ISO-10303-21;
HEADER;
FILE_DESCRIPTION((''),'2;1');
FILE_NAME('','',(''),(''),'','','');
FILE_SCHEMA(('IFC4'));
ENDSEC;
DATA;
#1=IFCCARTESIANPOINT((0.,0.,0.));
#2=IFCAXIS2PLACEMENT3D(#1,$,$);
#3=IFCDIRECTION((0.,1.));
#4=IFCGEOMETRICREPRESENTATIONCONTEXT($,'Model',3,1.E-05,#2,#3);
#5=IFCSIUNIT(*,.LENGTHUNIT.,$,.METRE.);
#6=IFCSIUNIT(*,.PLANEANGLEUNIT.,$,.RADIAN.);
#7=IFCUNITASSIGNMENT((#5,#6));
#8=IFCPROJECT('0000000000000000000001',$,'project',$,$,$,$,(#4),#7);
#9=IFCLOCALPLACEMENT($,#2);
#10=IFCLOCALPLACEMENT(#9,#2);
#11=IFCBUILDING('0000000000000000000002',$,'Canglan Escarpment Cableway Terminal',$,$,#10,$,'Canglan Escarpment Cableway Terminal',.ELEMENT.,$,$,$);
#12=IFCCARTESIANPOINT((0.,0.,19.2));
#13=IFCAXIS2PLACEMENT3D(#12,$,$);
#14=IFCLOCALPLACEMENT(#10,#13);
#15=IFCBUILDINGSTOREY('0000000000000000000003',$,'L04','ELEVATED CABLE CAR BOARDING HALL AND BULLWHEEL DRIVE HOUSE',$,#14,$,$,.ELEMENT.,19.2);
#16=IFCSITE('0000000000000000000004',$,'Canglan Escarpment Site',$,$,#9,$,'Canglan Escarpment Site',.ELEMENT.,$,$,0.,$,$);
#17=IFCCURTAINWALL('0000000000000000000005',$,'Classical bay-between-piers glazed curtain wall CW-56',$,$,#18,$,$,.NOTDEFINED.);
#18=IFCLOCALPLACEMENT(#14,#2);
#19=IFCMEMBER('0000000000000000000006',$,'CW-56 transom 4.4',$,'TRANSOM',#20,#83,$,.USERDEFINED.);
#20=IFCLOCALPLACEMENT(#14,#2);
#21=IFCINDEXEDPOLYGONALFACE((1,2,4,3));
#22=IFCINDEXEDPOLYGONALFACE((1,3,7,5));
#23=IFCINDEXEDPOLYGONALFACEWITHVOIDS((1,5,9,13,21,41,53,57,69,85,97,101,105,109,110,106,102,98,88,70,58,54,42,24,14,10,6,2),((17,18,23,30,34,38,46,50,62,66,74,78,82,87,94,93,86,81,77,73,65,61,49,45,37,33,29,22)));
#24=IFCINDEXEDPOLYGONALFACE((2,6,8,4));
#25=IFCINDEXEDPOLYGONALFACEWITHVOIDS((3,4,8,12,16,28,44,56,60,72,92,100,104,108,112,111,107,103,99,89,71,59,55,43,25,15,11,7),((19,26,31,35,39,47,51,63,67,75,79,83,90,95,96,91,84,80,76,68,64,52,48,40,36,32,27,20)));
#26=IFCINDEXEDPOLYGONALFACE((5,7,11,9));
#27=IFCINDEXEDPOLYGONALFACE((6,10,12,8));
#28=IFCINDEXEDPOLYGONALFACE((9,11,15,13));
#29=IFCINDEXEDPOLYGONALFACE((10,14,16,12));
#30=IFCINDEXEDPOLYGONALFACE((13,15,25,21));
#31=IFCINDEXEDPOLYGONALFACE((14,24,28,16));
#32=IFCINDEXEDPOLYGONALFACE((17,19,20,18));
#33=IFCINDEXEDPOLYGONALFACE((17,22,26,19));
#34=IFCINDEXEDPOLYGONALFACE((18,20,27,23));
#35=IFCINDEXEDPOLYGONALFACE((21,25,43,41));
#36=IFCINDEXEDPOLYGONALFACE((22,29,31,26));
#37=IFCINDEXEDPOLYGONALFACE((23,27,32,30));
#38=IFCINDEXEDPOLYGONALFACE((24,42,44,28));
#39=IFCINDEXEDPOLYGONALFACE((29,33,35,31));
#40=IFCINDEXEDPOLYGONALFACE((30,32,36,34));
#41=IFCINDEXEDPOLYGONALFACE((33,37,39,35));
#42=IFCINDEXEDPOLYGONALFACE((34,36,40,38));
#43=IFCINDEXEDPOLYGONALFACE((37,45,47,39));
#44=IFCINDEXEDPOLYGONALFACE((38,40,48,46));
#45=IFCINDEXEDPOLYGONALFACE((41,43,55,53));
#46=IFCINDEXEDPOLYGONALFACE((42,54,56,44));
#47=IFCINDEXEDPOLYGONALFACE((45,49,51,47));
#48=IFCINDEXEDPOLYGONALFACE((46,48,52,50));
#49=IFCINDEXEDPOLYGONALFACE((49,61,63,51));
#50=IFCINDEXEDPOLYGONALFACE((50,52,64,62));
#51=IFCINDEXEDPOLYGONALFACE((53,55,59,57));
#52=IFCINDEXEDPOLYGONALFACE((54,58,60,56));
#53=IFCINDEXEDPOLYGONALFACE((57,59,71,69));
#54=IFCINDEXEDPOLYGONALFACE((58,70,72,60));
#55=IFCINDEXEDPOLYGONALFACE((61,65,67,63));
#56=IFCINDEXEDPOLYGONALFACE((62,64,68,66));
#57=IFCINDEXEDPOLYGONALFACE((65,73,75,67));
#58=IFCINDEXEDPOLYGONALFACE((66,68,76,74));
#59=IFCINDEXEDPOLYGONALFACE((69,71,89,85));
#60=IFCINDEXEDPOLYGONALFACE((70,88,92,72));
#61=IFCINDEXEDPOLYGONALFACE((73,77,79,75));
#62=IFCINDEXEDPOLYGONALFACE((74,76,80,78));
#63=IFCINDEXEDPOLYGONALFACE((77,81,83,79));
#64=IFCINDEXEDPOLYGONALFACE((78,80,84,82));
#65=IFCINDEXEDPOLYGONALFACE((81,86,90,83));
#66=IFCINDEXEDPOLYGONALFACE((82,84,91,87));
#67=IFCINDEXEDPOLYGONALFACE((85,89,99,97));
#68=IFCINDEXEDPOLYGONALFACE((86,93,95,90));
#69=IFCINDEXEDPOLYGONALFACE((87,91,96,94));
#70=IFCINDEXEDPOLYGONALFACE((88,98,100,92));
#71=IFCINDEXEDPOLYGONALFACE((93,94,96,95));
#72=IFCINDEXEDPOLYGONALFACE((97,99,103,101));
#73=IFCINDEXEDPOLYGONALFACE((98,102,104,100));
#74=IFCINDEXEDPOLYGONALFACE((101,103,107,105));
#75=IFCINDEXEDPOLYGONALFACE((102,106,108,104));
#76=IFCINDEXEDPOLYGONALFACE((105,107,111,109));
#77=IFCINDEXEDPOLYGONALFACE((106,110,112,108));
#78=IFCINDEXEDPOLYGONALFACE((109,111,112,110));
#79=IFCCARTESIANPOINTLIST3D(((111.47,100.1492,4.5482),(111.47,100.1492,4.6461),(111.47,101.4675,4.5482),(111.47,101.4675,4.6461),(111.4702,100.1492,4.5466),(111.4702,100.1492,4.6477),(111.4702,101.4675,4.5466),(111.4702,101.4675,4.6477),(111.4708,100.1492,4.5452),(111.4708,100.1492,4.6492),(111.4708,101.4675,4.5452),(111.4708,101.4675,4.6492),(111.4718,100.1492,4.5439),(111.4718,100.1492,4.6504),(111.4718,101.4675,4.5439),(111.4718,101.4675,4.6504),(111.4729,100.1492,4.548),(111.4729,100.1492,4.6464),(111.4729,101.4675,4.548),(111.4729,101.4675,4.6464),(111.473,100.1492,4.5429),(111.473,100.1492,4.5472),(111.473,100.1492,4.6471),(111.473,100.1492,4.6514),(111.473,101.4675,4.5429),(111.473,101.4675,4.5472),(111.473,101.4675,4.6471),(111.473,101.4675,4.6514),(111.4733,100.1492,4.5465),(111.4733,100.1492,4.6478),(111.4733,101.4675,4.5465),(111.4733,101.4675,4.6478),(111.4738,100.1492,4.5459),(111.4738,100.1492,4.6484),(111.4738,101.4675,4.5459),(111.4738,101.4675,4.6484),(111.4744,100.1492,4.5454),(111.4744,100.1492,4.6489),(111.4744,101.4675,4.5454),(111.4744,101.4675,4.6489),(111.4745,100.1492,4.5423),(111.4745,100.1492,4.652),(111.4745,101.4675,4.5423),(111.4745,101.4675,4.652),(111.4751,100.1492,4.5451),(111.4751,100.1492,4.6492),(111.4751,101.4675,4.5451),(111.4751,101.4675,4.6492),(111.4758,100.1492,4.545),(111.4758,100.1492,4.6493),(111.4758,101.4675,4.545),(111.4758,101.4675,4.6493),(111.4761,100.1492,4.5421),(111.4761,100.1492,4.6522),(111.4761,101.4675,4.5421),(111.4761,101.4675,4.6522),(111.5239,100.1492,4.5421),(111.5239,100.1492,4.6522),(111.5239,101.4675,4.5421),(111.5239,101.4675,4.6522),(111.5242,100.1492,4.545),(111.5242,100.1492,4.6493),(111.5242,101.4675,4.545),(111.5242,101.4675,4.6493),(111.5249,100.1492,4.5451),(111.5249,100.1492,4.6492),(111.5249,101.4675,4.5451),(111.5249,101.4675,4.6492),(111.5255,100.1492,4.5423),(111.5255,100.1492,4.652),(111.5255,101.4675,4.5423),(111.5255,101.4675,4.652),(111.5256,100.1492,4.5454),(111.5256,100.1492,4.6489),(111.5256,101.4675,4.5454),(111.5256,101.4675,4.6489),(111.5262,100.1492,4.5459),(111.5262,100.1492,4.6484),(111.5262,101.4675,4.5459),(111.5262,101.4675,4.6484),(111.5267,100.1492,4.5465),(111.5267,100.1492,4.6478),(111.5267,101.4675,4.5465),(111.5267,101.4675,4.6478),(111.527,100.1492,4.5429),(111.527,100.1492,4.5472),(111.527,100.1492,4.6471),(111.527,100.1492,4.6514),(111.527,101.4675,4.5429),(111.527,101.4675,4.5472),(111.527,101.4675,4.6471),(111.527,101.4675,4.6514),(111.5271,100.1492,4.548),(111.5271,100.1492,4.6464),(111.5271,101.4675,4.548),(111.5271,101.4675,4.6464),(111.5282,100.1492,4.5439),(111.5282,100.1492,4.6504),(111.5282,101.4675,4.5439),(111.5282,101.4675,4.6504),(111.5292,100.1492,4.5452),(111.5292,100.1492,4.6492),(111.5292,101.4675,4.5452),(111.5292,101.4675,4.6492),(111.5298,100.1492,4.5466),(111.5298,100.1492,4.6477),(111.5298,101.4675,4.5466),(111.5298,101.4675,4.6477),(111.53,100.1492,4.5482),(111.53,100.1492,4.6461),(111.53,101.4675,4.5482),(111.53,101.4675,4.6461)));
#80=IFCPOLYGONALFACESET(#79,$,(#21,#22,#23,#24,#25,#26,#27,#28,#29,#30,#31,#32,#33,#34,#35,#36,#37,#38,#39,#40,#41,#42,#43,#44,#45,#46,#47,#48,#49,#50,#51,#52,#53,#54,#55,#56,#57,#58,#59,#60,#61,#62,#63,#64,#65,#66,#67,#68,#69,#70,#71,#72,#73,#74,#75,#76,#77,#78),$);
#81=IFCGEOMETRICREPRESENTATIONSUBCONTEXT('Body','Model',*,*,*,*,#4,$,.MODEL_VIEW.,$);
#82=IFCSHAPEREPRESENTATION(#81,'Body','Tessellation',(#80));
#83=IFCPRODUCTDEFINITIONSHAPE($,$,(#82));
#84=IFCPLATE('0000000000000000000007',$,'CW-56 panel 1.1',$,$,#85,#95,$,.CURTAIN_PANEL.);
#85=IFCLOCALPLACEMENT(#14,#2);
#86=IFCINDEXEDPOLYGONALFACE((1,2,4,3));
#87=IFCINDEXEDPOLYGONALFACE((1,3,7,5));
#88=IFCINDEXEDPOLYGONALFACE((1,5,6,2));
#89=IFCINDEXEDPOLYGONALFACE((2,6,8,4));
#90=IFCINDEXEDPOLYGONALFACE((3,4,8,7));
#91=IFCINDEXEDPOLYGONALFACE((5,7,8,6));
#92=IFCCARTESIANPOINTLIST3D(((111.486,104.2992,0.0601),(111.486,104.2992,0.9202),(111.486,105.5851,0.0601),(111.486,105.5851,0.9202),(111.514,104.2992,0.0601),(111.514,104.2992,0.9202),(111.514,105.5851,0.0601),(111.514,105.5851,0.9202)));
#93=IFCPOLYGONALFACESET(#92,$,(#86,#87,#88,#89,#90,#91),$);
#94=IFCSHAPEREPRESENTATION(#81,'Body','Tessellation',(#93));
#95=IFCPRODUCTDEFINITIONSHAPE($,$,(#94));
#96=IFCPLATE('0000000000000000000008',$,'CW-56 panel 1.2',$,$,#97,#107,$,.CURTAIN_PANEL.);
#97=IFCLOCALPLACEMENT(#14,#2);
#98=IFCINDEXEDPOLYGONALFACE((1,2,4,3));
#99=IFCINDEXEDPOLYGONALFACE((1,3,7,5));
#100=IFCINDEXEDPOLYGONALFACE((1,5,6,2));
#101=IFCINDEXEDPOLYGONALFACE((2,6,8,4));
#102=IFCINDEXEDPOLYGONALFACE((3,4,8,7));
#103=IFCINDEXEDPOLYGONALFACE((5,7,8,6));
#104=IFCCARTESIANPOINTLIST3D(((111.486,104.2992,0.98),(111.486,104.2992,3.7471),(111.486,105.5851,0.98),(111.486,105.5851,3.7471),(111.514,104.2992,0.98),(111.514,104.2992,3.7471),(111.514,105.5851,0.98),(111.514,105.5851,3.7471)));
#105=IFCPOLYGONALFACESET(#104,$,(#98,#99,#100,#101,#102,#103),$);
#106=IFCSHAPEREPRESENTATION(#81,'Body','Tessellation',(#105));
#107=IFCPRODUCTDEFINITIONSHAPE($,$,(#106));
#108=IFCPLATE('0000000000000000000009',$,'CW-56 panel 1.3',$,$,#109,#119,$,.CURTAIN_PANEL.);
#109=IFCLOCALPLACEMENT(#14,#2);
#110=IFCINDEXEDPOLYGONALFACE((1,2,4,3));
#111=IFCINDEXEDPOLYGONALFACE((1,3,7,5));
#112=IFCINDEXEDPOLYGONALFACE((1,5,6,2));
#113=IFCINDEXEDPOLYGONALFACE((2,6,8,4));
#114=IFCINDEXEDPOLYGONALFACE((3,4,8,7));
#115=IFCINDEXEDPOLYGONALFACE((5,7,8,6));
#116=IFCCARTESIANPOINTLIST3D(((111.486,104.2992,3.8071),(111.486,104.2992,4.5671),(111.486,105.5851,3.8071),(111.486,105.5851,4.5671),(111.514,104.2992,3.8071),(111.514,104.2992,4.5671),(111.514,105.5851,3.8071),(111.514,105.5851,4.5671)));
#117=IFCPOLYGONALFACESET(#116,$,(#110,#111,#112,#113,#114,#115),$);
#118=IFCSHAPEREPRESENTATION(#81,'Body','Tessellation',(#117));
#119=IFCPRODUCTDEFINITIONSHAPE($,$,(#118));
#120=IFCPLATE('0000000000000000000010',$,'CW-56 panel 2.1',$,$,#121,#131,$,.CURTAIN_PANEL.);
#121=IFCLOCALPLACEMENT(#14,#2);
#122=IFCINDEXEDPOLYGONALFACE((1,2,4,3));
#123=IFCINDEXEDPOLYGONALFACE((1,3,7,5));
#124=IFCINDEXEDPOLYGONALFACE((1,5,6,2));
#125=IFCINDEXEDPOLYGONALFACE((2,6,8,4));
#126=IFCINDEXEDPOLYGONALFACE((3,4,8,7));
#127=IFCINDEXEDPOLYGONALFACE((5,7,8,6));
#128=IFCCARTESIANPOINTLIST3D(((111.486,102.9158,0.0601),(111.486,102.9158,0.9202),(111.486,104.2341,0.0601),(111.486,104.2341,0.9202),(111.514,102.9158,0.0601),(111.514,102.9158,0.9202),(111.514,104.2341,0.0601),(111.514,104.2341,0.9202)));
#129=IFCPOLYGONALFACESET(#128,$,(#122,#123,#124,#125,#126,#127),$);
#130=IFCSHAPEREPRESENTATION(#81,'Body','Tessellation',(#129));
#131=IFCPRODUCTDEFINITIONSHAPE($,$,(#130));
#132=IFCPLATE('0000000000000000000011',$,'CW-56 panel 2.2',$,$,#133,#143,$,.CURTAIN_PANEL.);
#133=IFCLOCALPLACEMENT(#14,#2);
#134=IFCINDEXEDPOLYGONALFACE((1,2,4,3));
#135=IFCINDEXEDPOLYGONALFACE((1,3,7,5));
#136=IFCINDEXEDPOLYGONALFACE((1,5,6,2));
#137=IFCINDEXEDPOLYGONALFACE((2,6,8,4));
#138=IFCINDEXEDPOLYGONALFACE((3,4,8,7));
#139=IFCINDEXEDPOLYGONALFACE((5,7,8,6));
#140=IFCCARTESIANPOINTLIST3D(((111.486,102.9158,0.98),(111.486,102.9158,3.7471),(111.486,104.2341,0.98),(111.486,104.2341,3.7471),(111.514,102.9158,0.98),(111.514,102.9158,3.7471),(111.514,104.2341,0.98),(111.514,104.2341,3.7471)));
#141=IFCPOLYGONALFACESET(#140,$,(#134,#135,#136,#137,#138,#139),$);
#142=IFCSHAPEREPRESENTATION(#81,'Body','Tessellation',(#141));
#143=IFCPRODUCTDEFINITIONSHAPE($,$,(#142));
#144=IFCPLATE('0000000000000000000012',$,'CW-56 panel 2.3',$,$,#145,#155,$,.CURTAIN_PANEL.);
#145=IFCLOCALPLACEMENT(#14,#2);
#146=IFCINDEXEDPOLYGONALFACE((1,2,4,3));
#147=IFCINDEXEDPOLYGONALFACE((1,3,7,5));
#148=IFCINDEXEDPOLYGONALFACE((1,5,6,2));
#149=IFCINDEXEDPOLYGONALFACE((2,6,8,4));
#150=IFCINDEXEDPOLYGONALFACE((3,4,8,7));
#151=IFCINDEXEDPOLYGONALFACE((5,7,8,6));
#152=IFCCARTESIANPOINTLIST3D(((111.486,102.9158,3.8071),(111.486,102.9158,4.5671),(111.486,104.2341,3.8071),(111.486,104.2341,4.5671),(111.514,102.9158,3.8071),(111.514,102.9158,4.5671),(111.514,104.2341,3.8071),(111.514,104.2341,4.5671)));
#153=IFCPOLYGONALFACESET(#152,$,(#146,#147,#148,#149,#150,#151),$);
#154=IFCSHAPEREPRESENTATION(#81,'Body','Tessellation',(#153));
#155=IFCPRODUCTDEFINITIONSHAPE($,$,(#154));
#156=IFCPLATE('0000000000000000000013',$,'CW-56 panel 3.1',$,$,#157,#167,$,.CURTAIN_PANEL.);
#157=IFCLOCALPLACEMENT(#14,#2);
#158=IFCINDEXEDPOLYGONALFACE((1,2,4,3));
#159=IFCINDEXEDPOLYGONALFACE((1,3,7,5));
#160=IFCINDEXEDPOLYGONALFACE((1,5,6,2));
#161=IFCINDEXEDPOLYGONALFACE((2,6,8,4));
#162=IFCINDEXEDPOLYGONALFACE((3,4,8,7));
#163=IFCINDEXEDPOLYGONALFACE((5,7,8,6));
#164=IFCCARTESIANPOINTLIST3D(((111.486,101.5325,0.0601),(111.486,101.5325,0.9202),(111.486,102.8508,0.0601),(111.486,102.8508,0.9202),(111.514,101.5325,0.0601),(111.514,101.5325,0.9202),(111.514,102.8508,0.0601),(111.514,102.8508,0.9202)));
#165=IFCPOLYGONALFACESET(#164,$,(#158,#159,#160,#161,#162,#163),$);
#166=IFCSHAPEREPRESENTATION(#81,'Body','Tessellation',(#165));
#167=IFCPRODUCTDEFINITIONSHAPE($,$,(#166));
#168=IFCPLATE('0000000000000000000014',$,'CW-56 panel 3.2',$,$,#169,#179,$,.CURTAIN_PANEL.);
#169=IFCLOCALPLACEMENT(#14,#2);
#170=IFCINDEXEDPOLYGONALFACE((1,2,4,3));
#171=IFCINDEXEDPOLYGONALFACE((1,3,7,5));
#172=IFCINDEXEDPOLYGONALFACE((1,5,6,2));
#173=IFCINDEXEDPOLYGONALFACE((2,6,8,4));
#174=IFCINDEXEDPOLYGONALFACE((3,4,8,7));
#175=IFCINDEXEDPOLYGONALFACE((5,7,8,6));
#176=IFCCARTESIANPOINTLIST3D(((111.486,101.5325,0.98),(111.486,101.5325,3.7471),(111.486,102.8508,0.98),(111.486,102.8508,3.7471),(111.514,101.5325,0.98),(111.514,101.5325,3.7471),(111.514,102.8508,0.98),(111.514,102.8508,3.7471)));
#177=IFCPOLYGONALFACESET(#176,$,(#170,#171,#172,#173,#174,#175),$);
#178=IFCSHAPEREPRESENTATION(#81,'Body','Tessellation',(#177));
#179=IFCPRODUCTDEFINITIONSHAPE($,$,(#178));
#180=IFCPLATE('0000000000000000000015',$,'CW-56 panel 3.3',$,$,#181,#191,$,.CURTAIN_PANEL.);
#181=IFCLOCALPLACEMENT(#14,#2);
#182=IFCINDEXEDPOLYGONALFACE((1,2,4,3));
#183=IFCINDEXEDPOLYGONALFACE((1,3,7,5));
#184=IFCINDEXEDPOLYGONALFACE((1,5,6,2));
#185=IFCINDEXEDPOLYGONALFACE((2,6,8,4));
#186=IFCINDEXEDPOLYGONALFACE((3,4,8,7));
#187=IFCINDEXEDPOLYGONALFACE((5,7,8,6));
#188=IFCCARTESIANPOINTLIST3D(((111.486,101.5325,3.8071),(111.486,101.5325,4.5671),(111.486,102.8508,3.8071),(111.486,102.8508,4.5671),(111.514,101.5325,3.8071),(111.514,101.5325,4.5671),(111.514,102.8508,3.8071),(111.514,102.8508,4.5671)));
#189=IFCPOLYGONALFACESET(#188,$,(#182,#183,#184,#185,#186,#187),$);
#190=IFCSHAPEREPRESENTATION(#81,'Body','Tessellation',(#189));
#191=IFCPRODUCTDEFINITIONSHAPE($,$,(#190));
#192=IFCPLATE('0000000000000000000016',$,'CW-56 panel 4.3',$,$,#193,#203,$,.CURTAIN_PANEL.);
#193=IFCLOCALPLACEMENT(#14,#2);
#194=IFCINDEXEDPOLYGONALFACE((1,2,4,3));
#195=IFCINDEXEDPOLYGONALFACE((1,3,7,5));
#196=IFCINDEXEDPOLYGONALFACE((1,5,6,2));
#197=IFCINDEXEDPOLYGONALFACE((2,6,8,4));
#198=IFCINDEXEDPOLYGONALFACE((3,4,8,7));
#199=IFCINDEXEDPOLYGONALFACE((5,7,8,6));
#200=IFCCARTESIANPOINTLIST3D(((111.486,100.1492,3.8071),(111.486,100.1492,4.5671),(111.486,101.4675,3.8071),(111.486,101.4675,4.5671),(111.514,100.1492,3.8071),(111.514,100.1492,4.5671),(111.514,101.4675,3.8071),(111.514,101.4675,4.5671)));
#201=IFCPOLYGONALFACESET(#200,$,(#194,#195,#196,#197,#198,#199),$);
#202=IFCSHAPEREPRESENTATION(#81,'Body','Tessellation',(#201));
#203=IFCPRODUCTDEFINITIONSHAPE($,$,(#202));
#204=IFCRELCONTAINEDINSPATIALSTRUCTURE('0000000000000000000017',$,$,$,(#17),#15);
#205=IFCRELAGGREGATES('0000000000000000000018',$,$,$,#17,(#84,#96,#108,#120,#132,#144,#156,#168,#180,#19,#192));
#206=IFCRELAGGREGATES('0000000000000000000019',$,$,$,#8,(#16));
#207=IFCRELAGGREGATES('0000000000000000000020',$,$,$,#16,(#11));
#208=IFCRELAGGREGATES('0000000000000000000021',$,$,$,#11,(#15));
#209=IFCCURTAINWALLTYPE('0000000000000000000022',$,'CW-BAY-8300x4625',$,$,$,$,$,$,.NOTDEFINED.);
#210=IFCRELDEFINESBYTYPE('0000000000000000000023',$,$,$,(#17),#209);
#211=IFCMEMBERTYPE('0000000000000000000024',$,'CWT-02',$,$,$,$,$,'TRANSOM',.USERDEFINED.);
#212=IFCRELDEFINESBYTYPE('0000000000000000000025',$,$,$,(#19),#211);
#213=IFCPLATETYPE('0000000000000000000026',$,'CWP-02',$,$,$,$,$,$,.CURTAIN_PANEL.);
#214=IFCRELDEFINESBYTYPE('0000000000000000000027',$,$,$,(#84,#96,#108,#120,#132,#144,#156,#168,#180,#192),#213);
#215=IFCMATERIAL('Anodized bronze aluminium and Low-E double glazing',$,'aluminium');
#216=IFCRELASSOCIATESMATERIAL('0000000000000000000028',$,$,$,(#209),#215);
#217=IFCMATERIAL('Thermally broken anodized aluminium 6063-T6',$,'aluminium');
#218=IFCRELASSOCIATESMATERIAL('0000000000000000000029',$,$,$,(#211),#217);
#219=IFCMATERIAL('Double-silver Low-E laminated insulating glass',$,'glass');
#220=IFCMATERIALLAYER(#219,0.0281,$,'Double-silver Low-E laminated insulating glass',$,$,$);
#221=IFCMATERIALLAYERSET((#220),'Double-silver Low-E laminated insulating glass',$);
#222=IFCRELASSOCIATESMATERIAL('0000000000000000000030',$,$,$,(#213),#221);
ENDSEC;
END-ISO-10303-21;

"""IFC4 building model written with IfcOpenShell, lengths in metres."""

from ifc_helpers import new_model, si_unit, direction, frame, origin, origin_2d, place, context, subcontext, project, spatial, rectangle, hollow_rectangle, extrude, material, layer, layer_set, material_profile, profile_set, type_object, element, aggregate, save


model = new_model("IFC4")

# Units and contexts
model_context = context("Model", 3, precision=1e-05, world=origin(), true_north=direction((0.0, 1.0)))
body_context = subcontext(model_context, "Body", "Model", "MODEL_VIEW")
ifc_project = project(units=[si_unit("LENGTHUNIT", "METRE"), si_unit("PLANEANGLEUNIT", "RADIAN")], contexts=[model_context])

# Site, building, storey
site_placement = place(None, origin())
site = spatial("IfcSite", under=ifc_project, at=site_placement, Name="Canglan Escarpment Site", LongName="Canglan Escarpment Site", CompositionType="ELEMENT", RefElevation=0.0)
building_placement = place(site_placement, origin())
building = spatial("IfcBuilding", under=site, at=building_placement, Name="Canglan Escarpment Cableway Terminal", LongName="Canglan Escarpment Cableway Terminal", CompositionType="ELEMENT")
storey_placement = place(building_placement, frame((0.0, 0.0, 19.2)))
storey = spatial("IfcBuildingStorey", under=building, at=storey_placement, Name="L04", Description="ELEVATED CABLE CAR BOARDING HALL AND BULLWHEEL DRIVE HOUSE", CompositionType="ELEMENT", Elevation=19.2)

# Curtain wall, member, plates
ifc_material_1 = material(Name="Anodized bronze aluminium and Low-E double glazing", Category="aluminium")
curtain_wall_type = type_object("IfcCurtainWallType", Name="CW-BAY-8300x4625", PredefinedType="NOTDEFINED", material=ifc_material_1)
curtain_wall_placement = place(storey_placement, origin())
curtain_wall = element("IfcCurtainWall", 1, at=curtain_wall_placement, inside=storey, type_object=curtain_wall_type, Name="Classical bay-between-piers glazed curtain wall CW-56", PredefinedType="NOTDEFINED")
ifc_material_2 = material(Name="Thermally broken anodized aluminium 6063-T6", Category="aluminium")
ifc_material_profile_1 = material_profile(ifc_material_2, hollow_rectangle(XDim=0.0601, YDim=0.1101, WallThickness=0.0029, InnerFilletRadius=0.0029, OuterFilletRadius=0.0061, at=origin_2d()), Name="ALU-TRAN 60x110x3")
ifc_profile_set_1 = profile_set([ifc_material_profile_1], Name="Thermally broken anodized aluminium 6063-T6")
member_type_1 = type_object("IfcMemberType", Name="CWT-02", ElementType="TRANSOM", PredefinedType="USERDEFINED", material=ifc_profile_set_1)
member_1_placement = place(storey_placement, frame((111.5, 101.4675, 4.5972), z_axis=(0.0, -1.0, 0.0), x_axis=(1.0, 0.0, 0.0)))
member_1 = element("IfcMember", 2, at=member_1_placement, type_object=member_type_1, Name="CW-56 transom 4.4", ObjectType="TRANSOM", PredefinedType="USERDEFINED", context=body_context, shape_type="SweptSolid", body=[
    extrude(hollow_rectangle(XDim=0.0601, YDim=0.1101, WallThickness=0.0029, InnerFilletRadius=0.0029, OuterFilletRadius=0.0061, at=origin_2d()), origin(), (0.0, 0.0, 1.0), 1.3184),
])
ifc_material_3 = material(Name="Double-silver Low-E laminated insulating glass", Category="glass")
ifc_layer = layer(ifc_material_3, 0.0281, Name="Double-silver Low-E laminated insulating glass")
ifc_layer_set = layer_set([ifc_layer], Name="Double-silver Low-E laminated insulating glass")
plate_type = type_object("IfcPlateType", Name="CWP-02", PredefinedType="CURTAIN_PANEL", material=ifc_layer_set)
plate_1_placement = place(storey_placement, frame((111.5, 104.9421, 0.0601), z_axis=(0.0, 0.0, 1.0), x_axis=(0.0, -1.0, 0.0)))
plate_1 = element("IfcPlate", 3, at=plate_1_placement, type_object=plate_type, Name="CW-56 panel 1.1", PredefinedType="CURTAIN_PANEL", context=body_context, shape_type="SweptSolid", body=[
    extrude(rectangle(XDim=1.2859, YDim=0.0281, at=origin_2d()), origin(), (0.0, 0.0, 1.0), 0.8601),
])
plate_2_placement = place(storey_placement, frame((111.5, 104.9421, 0.98), z_axis=(0.0, 0.0, 1.0), x_axis=(0.0, -1.0, 0.0)))
plate_2 = element("IfcPlate", 4, at=plate_2_placement, type_object=plate_type, Name="CW-56 panel 1.2", PredefinedType="CURTAIN_PANEL", context=body_context, shape_type="SweptSolid", body=[
    extrude(rectangle(XDim=1.2859, YDim=0.0281, at=origin_2d()), origin(), (0.0, 0.0, 1.0), 2.7671),
])
plate_3_placement = place(storey_placement, frame((111.5, 104.9421, 3.8071), z_axis=(0.0, 0.0, 1.0), x_axis=(0.0, -1.0, 0.0)))
plate_3 = element("IfcPlate", 5, at=plate_3_placement, type_object=plate_type, Name="CW-56 panel 1.3", PredefinedType="CURTAIN_PANEL", context=body_context, shape_type="SweptSolid", body=[
    extrude(rectangle(XDim=1.2859, YDim=0.0281, at=origin_2d()), origin(), (0.0, 0.0, 1.0), 0.76),
])
plate_4_placement = place(storey_placement, frame((111.5, 103.575, 0.0601), z_axis=(0.0, 0.0, 1.0), x_axis=(0.0, -1.0, 0.0)))
plate_4 = element("IfcPlate", 6, at=plate_4_placement, type_object=plate_type, Name="CW-56 panel 2.1", PredefinedType="CURTAIN_PANEL", context=body_context, shape_type="SweptSolid", body=[
    extrude(rectangle(XDim=1.3184, YDim=0.0281, at=origin_2d()), origin(), (0.0, 0.0, 1.0), 0.8601),
])
plate_5_placement = place(storey_placement, frame((111.5, 103.575, 0.98), z_axis=(0.0, 0.0, 1.0), x_axis=(0.0, -1.0, 0.0)))
plate_5 = element("IfcPlate", 7, at=plate_5_placement, type_object=plate_type, Name="CW-56 panel 2.2", PredefinedType="CURTAIN_PANEL", context=body_context, shape_type="SweptSolid", body=[
    extrude(rectangle(XDim=1.3184, YDim=0.0281, at=origin_2d()), origin(), (0.0, 0.0, 1.0), 2.7671),
])
plate_6_placement = place(storey_placement, frame((111.5, 103.575, 3.8071), z_axis=(0.0, 0.0, 1.0), x_axis=(0.0, -1.0, 0.0)))
plate_6 = element("IfcPlate", 8, at=plate_6_placement, type_object=plate_type, Name="CW-56 panel 2.3", PredefinedType="CURTAIN_PANEL", context=body_context, shape_type="SweptSolid", body=[
    extrude(rectangle(XDim=1.3184, YDim=0.0281, at=origin_2d()), origin(), (0.0, 0.0, 1.0), 0.76),
])
plate_7_placement = place(storey_placement, frame((111.5, 102.1917, 0.0601), z_axis=(0.0, 0.0, 1.0), x_axis=(0.0, -1.0, 0.0)))
plate_7 = element("IfcPlate", 9, at=plate_7_placement, type_object=plate_type, Name="CW-56 panel 3.1", PredefinedType="CURTAIN_PANEL", context=body_context, shape_type="SweptSolid", body=[
    extrude(rectangle(XDim=1.3184, YDim=0.0281, at=origin_2d()), origin(), (0.0, 0.0, 1.0), 0.8601),
])
plate_8_placement = place(storey_placement, frame((111.5, 102.1917, 0.98), z_axis=(0.0, 0.0, 1.0), x_axis=(0.0, -1.0, 0.0)))
plate_8 = element("IfcPlate", 10, at=plate_8_placement, type_object=plate_type, Name="CW-56 panel 3.2", PredefinedType="CURTAIN_PANEL", context=body_context, shape_type="SweptSolid", body=[
    extrude(rectangle(XDim=1.3184, YDim=0.0281, at=origin_2d()), origin(), (0.0, 0.0, 1.0), 2.7671),
])
plate_9_placement = place(storey_placement, frame((111.5, 102.1917, 3.8071), z_axis=(0.0, 0.0, 1.0), x_axis=(0.0, -1.0, 0.0)))
plate_9 = element("IfcPlate", 11, at=plate_9_placement, type_object=plate_type, Name="CW-56 panel 3.3", PredefinedType="CURTAIN_PANEL", context=body_context, shape_type="SweptSolid", body=[
    extrude(rectangle(XDim=1.3184, YDim=0.0281, at=origin_2d()), origin(), (0.0, 0.0, 1.0), 0.76),
])
plate_10_placement = place(storey_placement, frame((111.5, 100.8083, 3.8071), z_axis=(0.0, 0.0, 1.0), x_axis=(0.0, -1.0, 0.0)))
plate_10 = element("IfcPlate", 12, at=plate_10_placement, type_object=plate_type, Name="CW-56 panel 4.3", PredefinedType="CURTAIN_PANEL", context=body_context, shape_type="SweptSolid", body=[
    extrude(rectangle(XDim=1.3184, YDim=0.0281, at=origin_2d()), origin(), (0.0, 0.0, 1.0), 0.76),
])
aggregate(curtain_wall, [plate_1, plate_2, plate_3, plate_4, plate_5, plate_6, plate_7, plate_8, plate_9, member_1, plate_10])

save(model, "model.ifc")
